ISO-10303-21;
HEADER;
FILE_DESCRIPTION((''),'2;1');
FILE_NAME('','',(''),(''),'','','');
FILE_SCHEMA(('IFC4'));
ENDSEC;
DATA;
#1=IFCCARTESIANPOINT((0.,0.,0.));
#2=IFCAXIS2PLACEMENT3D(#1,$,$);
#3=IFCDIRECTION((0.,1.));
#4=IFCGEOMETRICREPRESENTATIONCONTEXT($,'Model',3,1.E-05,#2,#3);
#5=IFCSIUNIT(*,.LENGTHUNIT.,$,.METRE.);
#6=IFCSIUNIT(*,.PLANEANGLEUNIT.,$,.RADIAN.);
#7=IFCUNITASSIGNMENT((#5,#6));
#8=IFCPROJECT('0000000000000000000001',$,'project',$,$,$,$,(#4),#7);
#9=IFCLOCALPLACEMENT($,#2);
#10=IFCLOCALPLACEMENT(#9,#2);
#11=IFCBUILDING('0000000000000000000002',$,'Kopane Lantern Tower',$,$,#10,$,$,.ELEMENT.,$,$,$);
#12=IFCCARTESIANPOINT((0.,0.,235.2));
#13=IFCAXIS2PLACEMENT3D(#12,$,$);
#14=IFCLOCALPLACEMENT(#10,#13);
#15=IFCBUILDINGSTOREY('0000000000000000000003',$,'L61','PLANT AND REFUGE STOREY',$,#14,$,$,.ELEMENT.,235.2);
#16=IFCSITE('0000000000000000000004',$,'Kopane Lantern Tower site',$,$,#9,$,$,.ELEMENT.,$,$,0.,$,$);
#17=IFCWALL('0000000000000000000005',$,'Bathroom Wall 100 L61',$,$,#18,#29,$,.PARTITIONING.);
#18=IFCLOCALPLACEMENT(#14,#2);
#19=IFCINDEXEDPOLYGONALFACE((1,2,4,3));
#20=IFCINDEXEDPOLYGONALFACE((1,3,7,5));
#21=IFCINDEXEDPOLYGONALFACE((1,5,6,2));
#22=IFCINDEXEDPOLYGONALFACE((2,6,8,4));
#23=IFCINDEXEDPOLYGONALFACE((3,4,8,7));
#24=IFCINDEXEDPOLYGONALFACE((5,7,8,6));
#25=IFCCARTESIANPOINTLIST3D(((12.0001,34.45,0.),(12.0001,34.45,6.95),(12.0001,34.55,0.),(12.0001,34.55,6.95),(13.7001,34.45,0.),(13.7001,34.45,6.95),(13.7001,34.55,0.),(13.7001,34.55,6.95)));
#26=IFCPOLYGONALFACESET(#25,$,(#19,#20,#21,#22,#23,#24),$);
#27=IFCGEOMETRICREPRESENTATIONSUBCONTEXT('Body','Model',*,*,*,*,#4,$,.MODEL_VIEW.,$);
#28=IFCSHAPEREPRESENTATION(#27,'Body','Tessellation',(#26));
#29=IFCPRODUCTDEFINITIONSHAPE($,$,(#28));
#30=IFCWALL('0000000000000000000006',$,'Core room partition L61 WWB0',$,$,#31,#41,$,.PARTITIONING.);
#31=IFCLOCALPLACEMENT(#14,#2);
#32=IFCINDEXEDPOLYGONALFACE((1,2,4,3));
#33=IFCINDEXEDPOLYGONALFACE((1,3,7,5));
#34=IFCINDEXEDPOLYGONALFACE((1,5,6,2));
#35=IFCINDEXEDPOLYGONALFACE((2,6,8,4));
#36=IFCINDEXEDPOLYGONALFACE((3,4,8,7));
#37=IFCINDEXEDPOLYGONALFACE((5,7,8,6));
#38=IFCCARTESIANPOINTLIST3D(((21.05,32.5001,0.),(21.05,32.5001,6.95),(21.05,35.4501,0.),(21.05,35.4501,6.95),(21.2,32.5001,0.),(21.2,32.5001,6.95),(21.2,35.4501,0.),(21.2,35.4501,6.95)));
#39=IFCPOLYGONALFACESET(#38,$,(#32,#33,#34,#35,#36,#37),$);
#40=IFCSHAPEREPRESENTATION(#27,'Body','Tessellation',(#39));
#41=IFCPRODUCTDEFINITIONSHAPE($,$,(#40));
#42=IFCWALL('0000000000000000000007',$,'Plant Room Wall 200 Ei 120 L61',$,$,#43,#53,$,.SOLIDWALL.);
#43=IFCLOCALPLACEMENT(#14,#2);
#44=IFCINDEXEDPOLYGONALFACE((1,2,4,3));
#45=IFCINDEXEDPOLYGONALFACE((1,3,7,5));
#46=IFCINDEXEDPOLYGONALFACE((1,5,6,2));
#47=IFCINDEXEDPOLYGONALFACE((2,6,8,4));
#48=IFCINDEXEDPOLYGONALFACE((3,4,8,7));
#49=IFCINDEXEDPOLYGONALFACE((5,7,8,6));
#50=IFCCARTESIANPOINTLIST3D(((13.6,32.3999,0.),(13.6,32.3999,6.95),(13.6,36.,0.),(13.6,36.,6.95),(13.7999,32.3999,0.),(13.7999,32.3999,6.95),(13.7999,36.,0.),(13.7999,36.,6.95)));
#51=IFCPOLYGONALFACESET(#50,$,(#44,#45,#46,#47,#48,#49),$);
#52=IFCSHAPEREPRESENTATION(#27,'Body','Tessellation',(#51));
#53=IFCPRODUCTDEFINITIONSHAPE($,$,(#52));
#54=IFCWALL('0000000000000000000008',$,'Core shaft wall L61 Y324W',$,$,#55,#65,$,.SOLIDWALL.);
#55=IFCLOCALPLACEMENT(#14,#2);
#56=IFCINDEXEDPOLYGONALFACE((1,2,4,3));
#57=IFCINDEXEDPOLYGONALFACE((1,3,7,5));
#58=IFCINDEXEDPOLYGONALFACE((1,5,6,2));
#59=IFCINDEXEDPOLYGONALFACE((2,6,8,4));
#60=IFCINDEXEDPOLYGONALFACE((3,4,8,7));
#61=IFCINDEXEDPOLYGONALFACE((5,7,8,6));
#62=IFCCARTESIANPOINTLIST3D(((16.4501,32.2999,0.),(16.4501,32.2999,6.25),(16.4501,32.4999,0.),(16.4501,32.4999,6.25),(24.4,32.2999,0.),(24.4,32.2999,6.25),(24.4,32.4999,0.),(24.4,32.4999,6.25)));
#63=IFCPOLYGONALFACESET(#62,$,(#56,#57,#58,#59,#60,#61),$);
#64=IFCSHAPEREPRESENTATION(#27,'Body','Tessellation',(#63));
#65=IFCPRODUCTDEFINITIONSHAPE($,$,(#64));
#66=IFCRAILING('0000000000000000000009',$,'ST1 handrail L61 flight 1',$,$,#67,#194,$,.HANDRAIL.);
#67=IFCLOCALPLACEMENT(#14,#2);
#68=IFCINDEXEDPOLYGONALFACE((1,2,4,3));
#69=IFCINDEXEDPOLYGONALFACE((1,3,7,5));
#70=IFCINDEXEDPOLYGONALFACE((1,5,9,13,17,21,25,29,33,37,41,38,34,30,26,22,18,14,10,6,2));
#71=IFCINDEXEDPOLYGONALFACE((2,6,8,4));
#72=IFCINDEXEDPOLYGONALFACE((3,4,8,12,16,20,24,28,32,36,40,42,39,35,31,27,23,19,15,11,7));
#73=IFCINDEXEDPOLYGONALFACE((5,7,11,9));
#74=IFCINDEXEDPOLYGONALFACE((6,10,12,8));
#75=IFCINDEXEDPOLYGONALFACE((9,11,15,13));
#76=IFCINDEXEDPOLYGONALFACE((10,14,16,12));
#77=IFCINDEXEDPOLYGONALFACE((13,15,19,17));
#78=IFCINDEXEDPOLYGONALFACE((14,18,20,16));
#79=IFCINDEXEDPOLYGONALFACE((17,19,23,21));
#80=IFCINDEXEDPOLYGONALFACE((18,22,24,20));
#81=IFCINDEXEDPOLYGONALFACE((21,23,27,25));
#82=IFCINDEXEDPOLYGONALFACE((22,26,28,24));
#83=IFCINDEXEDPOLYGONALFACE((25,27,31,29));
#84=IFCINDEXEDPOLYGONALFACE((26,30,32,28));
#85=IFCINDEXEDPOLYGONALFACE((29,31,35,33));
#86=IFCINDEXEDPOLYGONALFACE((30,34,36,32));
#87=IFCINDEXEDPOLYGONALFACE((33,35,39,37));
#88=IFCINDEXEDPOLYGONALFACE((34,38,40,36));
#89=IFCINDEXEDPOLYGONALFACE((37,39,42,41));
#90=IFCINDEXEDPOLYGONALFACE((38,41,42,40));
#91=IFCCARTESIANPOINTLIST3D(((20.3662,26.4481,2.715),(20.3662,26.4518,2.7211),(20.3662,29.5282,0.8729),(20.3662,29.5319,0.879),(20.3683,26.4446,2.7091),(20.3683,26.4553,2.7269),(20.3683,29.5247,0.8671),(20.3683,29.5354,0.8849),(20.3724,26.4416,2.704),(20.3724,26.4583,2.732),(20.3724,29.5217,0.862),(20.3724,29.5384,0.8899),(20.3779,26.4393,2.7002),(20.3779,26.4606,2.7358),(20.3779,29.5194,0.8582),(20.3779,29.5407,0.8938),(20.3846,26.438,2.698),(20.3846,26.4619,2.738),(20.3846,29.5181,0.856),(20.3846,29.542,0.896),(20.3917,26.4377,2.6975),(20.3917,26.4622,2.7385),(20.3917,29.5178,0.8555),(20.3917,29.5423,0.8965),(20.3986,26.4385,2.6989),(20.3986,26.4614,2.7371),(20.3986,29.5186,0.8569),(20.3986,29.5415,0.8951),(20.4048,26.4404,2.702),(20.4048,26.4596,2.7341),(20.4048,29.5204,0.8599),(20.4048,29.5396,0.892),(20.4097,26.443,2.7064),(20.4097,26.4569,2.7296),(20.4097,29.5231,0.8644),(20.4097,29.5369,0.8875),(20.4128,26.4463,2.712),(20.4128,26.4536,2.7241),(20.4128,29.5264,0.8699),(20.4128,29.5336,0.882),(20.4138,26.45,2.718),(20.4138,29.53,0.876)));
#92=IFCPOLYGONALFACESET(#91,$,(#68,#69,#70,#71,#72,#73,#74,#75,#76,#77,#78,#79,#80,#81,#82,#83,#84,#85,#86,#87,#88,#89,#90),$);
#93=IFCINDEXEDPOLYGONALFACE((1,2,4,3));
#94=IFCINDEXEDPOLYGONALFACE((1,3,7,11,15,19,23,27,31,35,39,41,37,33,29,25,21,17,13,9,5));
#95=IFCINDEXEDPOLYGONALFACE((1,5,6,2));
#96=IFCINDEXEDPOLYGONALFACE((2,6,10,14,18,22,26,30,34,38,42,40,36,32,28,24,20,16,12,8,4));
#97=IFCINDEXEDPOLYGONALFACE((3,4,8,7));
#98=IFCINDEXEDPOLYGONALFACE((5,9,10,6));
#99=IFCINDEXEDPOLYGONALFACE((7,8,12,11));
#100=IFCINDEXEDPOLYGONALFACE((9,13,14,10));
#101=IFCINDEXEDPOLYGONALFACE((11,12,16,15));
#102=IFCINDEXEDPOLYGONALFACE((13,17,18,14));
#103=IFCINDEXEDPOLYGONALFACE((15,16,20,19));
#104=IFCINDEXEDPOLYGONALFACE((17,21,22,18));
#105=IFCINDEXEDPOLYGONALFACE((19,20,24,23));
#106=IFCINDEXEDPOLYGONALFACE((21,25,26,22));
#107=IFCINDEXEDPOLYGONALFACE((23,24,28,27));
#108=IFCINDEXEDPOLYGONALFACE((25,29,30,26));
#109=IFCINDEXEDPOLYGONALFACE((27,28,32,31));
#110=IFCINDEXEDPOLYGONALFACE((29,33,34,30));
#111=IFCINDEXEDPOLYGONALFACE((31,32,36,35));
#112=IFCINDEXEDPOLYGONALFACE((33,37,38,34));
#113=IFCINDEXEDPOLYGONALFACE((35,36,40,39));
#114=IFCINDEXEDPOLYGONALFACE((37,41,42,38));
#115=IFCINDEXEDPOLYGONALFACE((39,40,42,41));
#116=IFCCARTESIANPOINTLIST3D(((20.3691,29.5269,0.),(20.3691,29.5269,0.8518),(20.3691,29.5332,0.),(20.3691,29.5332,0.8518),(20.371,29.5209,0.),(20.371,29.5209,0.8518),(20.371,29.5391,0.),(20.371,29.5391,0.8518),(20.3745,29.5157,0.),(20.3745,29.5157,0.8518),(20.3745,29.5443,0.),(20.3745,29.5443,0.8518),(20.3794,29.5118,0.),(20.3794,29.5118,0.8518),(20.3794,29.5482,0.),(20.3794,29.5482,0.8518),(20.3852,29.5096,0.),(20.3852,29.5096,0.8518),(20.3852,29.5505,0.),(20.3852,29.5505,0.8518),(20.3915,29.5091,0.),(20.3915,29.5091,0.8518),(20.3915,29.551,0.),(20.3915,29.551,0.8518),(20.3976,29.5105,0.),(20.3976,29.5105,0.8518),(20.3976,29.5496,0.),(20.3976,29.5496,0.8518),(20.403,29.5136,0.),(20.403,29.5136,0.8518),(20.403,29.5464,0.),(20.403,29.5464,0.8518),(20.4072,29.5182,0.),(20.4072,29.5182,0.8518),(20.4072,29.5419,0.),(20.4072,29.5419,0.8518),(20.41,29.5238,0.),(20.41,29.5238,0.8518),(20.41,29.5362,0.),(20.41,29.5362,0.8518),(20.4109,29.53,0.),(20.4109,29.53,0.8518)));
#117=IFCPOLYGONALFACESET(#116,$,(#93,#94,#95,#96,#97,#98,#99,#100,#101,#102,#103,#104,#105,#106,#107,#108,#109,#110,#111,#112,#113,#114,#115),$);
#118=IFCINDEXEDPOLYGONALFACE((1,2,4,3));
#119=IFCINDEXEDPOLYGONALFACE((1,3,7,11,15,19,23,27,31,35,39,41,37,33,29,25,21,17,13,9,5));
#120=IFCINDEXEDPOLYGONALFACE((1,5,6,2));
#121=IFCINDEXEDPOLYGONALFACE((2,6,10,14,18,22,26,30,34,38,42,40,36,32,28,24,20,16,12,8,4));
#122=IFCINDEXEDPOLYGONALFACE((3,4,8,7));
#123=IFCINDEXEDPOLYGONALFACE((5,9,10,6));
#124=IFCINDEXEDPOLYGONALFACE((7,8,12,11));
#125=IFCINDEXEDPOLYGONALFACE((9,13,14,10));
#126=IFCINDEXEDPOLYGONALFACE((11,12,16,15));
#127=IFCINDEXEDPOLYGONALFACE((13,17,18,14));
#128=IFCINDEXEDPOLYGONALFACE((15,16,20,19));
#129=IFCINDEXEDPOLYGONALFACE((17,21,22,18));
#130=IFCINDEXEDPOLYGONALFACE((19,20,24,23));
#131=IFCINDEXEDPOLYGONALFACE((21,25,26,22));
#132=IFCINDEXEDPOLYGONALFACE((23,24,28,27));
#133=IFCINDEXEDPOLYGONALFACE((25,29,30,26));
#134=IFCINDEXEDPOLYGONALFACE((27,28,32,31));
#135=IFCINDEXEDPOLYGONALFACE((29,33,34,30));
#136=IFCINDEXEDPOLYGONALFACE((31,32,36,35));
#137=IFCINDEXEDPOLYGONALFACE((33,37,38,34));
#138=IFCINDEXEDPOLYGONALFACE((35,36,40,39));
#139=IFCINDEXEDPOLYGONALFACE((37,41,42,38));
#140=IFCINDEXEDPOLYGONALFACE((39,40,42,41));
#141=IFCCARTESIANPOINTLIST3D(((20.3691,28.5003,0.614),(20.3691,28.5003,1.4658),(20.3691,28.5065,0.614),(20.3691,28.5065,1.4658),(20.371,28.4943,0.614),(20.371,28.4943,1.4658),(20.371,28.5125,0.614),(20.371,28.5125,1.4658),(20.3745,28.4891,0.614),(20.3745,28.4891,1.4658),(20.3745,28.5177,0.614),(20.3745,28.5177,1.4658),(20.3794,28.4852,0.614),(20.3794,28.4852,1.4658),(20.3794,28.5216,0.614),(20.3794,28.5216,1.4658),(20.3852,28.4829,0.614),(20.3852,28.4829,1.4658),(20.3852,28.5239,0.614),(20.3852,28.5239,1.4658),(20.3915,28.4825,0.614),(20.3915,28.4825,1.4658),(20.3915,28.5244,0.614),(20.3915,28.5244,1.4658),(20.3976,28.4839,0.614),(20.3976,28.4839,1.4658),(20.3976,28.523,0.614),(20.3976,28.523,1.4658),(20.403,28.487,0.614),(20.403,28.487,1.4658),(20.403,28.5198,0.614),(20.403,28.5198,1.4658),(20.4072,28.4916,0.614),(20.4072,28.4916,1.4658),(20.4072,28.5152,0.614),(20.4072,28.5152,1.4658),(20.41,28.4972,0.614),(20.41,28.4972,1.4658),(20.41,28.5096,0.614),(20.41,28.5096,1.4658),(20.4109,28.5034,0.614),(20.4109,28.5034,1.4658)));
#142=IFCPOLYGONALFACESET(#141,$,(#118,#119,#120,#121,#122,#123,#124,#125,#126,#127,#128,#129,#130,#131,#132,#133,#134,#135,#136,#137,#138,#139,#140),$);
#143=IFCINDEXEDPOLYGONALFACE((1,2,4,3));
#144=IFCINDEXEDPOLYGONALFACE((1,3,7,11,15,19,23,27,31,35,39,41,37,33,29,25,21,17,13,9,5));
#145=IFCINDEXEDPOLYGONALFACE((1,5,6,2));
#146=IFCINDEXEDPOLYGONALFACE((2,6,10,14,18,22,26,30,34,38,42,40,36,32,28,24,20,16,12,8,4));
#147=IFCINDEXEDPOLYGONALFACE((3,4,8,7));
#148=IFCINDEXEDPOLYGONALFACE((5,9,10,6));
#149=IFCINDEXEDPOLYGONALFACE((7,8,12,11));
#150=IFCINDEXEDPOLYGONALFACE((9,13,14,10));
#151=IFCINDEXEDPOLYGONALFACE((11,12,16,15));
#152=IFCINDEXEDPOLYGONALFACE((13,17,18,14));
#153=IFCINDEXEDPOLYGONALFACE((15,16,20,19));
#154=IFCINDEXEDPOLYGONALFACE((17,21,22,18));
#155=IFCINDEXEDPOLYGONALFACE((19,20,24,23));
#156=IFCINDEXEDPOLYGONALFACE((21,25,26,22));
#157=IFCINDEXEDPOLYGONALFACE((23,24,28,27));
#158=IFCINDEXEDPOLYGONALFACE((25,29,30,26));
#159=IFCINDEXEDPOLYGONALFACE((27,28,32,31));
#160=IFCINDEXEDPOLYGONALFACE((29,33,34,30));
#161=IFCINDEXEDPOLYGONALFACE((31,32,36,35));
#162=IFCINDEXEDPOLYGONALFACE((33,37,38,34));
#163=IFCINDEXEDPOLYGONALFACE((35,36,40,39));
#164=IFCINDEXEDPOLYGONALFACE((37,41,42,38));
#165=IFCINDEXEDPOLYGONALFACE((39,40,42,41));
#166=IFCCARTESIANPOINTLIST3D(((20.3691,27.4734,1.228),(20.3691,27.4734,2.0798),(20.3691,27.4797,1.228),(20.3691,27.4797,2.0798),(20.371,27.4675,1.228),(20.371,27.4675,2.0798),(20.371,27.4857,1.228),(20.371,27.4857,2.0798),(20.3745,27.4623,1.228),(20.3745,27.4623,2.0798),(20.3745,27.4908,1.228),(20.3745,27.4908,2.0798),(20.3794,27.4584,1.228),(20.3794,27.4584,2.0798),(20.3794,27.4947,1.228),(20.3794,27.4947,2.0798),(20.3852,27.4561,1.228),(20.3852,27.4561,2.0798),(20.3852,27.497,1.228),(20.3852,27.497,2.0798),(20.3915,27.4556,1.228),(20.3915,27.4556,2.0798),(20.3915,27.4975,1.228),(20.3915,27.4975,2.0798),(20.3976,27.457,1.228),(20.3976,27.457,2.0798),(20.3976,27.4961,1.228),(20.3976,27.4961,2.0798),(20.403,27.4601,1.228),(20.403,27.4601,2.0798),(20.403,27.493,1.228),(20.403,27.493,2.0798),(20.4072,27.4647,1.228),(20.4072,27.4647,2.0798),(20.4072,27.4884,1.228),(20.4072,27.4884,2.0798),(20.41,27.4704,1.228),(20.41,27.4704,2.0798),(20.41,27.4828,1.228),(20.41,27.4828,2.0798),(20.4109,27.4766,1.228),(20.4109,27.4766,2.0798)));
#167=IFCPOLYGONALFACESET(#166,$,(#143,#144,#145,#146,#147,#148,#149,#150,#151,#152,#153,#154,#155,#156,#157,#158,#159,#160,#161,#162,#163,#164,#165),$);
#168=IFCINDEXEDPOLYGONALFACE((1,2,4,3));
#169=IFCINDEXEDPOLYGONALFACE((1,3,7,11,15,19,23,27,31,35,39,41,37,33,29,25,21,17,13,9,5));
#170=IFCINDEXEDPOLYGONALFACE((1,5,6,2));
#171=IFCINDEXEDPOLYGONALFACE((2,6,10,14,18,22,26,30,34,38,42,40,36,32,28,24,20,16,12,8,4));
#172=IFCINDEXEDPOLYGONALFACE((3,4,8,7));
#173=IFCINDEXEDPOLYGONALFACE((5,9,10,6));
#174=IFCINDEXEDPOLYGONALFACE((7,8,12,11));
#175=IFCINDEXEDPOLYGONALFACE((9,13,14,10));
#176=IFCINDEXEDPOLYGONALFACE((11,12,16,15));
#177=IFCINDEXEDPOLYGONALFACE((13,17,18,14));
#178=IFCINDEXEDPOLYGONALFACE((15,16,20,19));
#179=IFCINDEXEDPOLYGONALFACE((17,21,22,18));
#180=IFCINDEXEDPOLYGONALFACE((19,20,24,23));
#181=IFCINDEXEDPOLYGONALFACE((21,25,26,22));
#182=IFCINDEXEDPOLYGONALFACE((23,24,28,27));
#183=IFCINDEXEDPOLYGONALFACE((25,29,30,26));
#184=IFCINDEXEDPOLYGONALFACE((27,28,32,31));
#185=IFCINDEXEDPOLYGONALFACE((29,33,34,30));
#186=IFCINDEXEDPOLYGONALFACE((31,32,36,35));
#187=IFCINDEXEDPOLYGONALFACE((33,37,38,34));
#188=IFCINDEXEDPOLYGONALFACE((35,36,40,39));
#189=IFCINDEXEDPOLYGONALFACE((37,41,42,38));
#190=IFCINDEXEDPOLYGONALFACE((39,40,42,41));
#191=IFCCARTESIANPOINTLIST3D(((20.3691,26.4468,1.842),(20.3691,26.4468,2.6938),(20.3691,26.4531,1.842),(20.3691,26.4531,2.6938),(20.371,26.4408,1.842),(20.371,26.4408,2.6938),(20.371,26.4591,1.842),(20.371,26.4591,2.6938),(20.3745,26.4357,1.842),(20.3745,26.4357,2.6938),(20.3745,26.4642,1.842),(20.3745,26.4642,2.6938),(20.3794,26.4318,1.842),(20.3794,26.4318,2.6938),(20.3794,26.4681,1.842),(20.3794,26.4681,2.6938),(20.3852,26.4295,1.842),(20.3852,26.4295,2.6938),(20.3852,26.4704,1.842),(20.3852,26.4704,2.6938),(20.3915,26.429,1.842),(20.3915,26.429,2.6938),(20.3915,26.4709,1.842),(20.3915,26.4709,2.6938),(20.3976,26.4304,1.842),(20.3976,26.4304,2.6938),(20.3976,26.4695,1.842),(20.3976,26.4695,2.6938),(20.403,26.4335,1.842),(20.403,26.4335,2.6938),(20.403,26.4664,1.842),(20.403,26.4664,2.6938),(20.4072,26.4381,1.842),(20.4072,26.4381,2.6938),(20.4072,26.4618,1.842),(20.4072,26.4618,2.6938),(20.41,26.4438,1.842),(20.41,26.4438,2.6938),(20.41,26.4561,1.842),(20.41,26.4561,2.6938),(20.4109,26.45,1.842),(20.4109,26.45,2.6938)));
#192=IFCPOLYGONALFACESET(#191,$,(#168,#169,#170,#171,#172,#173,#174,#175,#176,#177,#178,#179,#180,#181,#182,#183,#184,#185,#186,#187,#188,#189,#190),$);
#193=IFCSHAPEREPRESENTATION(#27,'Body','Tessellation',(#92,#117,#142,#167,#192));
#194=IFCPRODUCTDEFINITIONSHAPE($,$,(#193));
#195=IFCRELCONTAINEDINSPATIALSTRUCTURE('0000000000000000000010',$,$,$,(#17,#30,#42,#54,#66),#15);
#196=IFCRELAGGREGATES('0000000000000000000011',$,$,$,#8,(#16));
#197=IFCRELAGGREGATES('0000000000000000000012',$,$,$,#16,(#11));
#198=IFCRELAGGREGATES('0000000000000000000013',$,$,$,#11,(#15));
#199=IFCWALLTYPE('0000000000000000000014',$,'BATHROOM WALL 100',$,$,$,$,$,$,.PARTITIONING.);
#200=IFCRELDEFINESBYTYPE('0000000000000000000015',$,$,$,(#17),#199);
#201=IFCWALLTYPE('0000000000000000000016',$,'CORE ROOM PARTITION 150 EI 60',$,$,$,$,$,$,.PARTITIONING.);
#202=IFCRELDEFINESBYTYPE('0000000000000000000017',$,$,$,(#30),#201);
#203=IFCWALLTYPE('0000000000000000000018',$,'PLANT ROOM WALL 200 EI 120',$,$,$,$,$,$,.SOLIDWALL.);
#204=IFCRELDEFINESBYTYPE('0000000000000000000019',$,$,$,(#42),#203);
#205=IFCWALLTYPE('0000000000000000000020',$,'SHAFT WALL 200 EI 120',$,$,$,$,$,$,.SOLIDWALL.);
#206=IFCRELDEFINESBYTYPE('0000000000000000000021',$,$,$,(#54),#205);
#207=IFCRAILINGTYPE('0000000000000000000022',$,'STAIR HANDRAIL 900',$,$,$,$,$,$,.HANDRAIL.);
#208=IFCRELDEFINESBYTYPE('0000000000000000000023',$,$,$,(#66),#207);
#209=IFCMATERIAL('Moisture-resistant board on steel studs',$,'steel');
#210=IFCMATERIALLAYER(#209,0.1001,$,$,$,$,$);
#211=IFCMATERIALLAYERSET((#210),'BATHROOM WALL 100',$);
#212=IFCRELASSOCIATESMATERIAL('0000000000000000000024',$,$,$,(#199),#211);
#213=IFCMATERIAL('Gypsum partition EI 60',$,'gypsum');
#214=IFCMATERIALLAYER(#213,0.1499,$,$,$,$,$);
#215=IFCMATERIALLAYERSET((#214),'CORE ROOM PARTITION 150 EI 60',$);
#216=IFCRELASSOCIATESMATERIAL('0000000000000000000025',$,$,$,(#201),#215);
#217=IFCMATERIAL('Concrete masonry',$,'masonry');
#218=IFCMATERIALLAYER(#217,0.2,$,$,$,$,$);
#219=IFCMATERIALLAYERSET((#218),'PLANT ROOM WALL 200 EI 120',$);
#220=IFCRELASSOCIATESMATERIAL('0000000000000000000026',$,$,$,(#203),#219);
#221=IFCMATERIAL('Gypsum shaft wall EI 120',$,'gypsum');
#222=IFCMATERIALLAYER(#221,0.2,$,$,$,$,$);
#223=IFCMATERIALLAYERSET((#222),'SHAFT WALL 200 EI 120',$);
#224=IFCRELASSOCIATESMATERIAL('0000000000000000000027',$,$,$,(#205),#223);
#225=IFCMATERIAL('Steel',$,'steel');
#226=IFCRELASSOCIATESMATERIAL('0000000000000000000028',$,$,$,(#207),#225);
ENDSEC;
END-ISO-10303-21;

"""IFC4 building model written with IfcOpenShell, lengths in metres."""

from ifc_helpers import new_model, si_unit, direction, frame, frame_2d, origin, origin_2d, place, context, subcontext, project, spatial, rectangle, circle, extrude, material, layer, layer_set, type_object, element, save


model = new_model("IFC4")

# Units and contexts
model_context = context("Model", 3, precision=1e-05, world=origin(), true_north=direction((0.0, 1.0)))
body_context = subcontext(model_context, "Body", "Model", "MODEL_VIEW")
ifc_project = project(units=[si_unit("LENGTHUNIT", "METRE"), si_unit("PLANEANGLEUNIT", "RADIAN")], contexts=[model_context])

# Site, building, storey
site_placement = place(None, origin())
site = spatial("IfcSite", under=ifc_project, at=site_placement, Name="Kopane Lantern Tower site", CompositionType="ELEMENT", RefElevation=0.0)
building_placement = place(site_placement, origin())
building = spatial("IfcBuilding", under=site, at=building_placement, Name="Kopane Lantern Tower", CompositionType="ELEMENT")
storey_placement = place(building_placement, frame((0.0, 0.0, 235.2)))
storey = spatial("IfcBuildingStorey", under=building, at=storey_placement, Name="L61", Description="PLANT AND REFUGE STOREY", CompositionType="ELEMENT", Elevation=235.2)

# Walls
ifc_material_1 = material(Name="Moisture-resistant board on steel studs", Category="steel")
ifc_layer_1 = layer(ifc_material_1, 0.1001)
ifc_layer_set_1 = layer_set([ifc_layer_1], Name="BATHROOM WALL 100")
wall_type_1 = type_object("IfcWallType", Name="BATHROOM WALL 100", PredefinedType="PARTITIONING", material=ifc_layer_set_1)
for number, where, z_axis, x_axis, name in (
    (1, (12.0, 34.5, 0.0), (0.0, 0.0, 1.0), (1.0, 0.0, 0.0), "Bathroom Wall 100 L61"),
):
    element("IfcWall", number, at=place(storey_placement, frame(where, z_axis=z_axis, x_axis=x_axis)), inside=storey, type_object=wall_type_1, Name=name, PredefinedType="PARTITIONING", context=body_context, shape_type="SweptSolid", body=[
        extrude(rectangle(XDim=1.7, YDim=0.1001, at=frame_2d((0.8501, 0.0))), origin(), (0.0, 0.0, 1.0), 6.95),
    ])
ifc_material_2 = material(Name="Gypsum partition EI 60", Category="gypsum")
ifc_layer_2 = layer(ifc_material_2, 0.1499)
ifc_layer_set_2 = layer_set([ifc_layer_2], Name="CORE ROOM PARTITION 150 EI 60")
wall_type_2 = type_object("IfcWallType", Name="CORE ROOM PARTITION 150 EI 60", PredefinedType="PARTITIONING", material=ifc_layer_set_2)
wall_1_placement = place(storey_placement, frame((21.125, 32.5, 0.0), z_axis=(0.0, 0.0, 1.0), x_axis=(0.0, 1.0, 0.0)))
element("IfcWall", 2, at=wall_1_placement, inside=storey, type_object=wall_type_2, Name="Core room partition L61 WWB0", PredefinedType="PARTITIONING", context=body_context, shape_type="SweptSolid", body=[
    extrude(rectangle(XDim=2.95, YDim=0.1499, at=frame_2d((1.4751, 0.0))), origin(), (0.0, 0.0, 1.0), 6.95),
])
ifc_material_3 = material(Name="Concrete masonry", Category="masonry")
ifc_layer_3 = layer(ifc_material_3, 0.2)
ifc_layer_set_3 = layer_set([ifc_layer_3], Name="PLANT ROOM WALL 200 EI 120")
wall_type_3 = type_object("IfcWallType", Name="PLANT ROOM WALL 200 EI 120", PredefinedType="SOLIDWALL", material=ifc_layer_set_3)
wall_2_placement = place(storey_placement, frame((13.7, 32.3999, 0.0), z_axis=(0.0, 0.0, 1.0), x_axis=(0.0, 1.0, 0.0)))
element("IfcWall", 3, at=wall_2_placement, inside=storey, type_object=wall_type_3, Name="Plant Room Wall 200 Ei 120 L61", PredefinedType="SOLIDWALL", context=body_context, shape_type="SweptSolid", body=[
    extrude(rectangle(XDim=3.6001, YDim=0.2, at=frame_2d((1.8, 0.0))), origin(), (0.0, 0.0, 1.0), 6.95),
])
ifc_material_4 = material(Name="Gypsum shaft wall EI 120", Category="gypsum")
ifc_layer_4 = layer(ifc_material_4, 0.2)
ifc_layer_set_4 = layer_set([ifc_layer_4], Name="SHAFT WALL 200 EI 120")
wall_type_4 = type_object("IfcWallType", Name="SHAFT WALL 200 EI 120", PredefinedType="SOLIDWALL", material=ifc_layer_set_4)
wall_3_placement = place(storey_placement, frame((16.45, 32.3999, 0.0), z_axis=(0.0, 0.0, 1.0), x_axis=(1.0, 0.0, 0.0)))
element("IfcWall", 4, at=wall_3_placement, inside=storey, type_object=wall_type_4, Name="Core shaft wall L61 Y324W", PredefinedType="SOLIDWALL", context=body_context, shape_type="SweptSolid", body=[
    extrude(rectangle(XDim=7.95, YDim=0.2, at=frame_2d((3.9751, 0.0))), origin(), (0.0, 0.0, 1.0), 6.25),
])

# Railing
ifc_material_5 = material(Name="Steel", Category="steel")
railing_type_1 = type_object("IfcRailingType", Name="STAIR HANDRAIL 900", PredefinedType="HANDRAIL", material=ifc_material_5)
for number, where, name in (
    (5, (20.3899, 29.53, 0.0), "ST1 handrail L61 flight 1"),
):
    element("IfcRailing", number, at=place(storey_placement, frame(where)), inside=storey, type_object=railing_type_1, Name=name, PredefinedType="HANDRAIL", context=body_context, shape_type="SweptSolid", body=[
        extrude(circle(Radius=0.0239, at=origin_2d()), frame((0.0, 0.0, 0.876), z_axis=(0.0, -0.85823, 0.513265), x_axis=(1.0, 0.0, 0.0)), (0.0, 0.0, 1.0), 3.5889),
        extrude(circle(Radius=0.021, at=origin_2d()), origin(), (0.0, 0.0, 1.0), 0.8518),
        extrude(circle(Radius=0.021, at=origin_2d()), frame((0.0, -1.0266, 0.614)), (0.0, 0.0, 1.0), 0.8518),
        extrude(circle(Radius=0.021, at=origin_2d()), frame((0.0, -2.0535, 1.228)), (0.0, 0.0, 1.0), 0.8518),
        extrude(circle(Radius=0.021, at=origin_2d()), frame((0.0, -3.0801, 1.842)), (0.0, 0.0, 1.0), 0.8518),
    ])

save(model, "model.ifc")
